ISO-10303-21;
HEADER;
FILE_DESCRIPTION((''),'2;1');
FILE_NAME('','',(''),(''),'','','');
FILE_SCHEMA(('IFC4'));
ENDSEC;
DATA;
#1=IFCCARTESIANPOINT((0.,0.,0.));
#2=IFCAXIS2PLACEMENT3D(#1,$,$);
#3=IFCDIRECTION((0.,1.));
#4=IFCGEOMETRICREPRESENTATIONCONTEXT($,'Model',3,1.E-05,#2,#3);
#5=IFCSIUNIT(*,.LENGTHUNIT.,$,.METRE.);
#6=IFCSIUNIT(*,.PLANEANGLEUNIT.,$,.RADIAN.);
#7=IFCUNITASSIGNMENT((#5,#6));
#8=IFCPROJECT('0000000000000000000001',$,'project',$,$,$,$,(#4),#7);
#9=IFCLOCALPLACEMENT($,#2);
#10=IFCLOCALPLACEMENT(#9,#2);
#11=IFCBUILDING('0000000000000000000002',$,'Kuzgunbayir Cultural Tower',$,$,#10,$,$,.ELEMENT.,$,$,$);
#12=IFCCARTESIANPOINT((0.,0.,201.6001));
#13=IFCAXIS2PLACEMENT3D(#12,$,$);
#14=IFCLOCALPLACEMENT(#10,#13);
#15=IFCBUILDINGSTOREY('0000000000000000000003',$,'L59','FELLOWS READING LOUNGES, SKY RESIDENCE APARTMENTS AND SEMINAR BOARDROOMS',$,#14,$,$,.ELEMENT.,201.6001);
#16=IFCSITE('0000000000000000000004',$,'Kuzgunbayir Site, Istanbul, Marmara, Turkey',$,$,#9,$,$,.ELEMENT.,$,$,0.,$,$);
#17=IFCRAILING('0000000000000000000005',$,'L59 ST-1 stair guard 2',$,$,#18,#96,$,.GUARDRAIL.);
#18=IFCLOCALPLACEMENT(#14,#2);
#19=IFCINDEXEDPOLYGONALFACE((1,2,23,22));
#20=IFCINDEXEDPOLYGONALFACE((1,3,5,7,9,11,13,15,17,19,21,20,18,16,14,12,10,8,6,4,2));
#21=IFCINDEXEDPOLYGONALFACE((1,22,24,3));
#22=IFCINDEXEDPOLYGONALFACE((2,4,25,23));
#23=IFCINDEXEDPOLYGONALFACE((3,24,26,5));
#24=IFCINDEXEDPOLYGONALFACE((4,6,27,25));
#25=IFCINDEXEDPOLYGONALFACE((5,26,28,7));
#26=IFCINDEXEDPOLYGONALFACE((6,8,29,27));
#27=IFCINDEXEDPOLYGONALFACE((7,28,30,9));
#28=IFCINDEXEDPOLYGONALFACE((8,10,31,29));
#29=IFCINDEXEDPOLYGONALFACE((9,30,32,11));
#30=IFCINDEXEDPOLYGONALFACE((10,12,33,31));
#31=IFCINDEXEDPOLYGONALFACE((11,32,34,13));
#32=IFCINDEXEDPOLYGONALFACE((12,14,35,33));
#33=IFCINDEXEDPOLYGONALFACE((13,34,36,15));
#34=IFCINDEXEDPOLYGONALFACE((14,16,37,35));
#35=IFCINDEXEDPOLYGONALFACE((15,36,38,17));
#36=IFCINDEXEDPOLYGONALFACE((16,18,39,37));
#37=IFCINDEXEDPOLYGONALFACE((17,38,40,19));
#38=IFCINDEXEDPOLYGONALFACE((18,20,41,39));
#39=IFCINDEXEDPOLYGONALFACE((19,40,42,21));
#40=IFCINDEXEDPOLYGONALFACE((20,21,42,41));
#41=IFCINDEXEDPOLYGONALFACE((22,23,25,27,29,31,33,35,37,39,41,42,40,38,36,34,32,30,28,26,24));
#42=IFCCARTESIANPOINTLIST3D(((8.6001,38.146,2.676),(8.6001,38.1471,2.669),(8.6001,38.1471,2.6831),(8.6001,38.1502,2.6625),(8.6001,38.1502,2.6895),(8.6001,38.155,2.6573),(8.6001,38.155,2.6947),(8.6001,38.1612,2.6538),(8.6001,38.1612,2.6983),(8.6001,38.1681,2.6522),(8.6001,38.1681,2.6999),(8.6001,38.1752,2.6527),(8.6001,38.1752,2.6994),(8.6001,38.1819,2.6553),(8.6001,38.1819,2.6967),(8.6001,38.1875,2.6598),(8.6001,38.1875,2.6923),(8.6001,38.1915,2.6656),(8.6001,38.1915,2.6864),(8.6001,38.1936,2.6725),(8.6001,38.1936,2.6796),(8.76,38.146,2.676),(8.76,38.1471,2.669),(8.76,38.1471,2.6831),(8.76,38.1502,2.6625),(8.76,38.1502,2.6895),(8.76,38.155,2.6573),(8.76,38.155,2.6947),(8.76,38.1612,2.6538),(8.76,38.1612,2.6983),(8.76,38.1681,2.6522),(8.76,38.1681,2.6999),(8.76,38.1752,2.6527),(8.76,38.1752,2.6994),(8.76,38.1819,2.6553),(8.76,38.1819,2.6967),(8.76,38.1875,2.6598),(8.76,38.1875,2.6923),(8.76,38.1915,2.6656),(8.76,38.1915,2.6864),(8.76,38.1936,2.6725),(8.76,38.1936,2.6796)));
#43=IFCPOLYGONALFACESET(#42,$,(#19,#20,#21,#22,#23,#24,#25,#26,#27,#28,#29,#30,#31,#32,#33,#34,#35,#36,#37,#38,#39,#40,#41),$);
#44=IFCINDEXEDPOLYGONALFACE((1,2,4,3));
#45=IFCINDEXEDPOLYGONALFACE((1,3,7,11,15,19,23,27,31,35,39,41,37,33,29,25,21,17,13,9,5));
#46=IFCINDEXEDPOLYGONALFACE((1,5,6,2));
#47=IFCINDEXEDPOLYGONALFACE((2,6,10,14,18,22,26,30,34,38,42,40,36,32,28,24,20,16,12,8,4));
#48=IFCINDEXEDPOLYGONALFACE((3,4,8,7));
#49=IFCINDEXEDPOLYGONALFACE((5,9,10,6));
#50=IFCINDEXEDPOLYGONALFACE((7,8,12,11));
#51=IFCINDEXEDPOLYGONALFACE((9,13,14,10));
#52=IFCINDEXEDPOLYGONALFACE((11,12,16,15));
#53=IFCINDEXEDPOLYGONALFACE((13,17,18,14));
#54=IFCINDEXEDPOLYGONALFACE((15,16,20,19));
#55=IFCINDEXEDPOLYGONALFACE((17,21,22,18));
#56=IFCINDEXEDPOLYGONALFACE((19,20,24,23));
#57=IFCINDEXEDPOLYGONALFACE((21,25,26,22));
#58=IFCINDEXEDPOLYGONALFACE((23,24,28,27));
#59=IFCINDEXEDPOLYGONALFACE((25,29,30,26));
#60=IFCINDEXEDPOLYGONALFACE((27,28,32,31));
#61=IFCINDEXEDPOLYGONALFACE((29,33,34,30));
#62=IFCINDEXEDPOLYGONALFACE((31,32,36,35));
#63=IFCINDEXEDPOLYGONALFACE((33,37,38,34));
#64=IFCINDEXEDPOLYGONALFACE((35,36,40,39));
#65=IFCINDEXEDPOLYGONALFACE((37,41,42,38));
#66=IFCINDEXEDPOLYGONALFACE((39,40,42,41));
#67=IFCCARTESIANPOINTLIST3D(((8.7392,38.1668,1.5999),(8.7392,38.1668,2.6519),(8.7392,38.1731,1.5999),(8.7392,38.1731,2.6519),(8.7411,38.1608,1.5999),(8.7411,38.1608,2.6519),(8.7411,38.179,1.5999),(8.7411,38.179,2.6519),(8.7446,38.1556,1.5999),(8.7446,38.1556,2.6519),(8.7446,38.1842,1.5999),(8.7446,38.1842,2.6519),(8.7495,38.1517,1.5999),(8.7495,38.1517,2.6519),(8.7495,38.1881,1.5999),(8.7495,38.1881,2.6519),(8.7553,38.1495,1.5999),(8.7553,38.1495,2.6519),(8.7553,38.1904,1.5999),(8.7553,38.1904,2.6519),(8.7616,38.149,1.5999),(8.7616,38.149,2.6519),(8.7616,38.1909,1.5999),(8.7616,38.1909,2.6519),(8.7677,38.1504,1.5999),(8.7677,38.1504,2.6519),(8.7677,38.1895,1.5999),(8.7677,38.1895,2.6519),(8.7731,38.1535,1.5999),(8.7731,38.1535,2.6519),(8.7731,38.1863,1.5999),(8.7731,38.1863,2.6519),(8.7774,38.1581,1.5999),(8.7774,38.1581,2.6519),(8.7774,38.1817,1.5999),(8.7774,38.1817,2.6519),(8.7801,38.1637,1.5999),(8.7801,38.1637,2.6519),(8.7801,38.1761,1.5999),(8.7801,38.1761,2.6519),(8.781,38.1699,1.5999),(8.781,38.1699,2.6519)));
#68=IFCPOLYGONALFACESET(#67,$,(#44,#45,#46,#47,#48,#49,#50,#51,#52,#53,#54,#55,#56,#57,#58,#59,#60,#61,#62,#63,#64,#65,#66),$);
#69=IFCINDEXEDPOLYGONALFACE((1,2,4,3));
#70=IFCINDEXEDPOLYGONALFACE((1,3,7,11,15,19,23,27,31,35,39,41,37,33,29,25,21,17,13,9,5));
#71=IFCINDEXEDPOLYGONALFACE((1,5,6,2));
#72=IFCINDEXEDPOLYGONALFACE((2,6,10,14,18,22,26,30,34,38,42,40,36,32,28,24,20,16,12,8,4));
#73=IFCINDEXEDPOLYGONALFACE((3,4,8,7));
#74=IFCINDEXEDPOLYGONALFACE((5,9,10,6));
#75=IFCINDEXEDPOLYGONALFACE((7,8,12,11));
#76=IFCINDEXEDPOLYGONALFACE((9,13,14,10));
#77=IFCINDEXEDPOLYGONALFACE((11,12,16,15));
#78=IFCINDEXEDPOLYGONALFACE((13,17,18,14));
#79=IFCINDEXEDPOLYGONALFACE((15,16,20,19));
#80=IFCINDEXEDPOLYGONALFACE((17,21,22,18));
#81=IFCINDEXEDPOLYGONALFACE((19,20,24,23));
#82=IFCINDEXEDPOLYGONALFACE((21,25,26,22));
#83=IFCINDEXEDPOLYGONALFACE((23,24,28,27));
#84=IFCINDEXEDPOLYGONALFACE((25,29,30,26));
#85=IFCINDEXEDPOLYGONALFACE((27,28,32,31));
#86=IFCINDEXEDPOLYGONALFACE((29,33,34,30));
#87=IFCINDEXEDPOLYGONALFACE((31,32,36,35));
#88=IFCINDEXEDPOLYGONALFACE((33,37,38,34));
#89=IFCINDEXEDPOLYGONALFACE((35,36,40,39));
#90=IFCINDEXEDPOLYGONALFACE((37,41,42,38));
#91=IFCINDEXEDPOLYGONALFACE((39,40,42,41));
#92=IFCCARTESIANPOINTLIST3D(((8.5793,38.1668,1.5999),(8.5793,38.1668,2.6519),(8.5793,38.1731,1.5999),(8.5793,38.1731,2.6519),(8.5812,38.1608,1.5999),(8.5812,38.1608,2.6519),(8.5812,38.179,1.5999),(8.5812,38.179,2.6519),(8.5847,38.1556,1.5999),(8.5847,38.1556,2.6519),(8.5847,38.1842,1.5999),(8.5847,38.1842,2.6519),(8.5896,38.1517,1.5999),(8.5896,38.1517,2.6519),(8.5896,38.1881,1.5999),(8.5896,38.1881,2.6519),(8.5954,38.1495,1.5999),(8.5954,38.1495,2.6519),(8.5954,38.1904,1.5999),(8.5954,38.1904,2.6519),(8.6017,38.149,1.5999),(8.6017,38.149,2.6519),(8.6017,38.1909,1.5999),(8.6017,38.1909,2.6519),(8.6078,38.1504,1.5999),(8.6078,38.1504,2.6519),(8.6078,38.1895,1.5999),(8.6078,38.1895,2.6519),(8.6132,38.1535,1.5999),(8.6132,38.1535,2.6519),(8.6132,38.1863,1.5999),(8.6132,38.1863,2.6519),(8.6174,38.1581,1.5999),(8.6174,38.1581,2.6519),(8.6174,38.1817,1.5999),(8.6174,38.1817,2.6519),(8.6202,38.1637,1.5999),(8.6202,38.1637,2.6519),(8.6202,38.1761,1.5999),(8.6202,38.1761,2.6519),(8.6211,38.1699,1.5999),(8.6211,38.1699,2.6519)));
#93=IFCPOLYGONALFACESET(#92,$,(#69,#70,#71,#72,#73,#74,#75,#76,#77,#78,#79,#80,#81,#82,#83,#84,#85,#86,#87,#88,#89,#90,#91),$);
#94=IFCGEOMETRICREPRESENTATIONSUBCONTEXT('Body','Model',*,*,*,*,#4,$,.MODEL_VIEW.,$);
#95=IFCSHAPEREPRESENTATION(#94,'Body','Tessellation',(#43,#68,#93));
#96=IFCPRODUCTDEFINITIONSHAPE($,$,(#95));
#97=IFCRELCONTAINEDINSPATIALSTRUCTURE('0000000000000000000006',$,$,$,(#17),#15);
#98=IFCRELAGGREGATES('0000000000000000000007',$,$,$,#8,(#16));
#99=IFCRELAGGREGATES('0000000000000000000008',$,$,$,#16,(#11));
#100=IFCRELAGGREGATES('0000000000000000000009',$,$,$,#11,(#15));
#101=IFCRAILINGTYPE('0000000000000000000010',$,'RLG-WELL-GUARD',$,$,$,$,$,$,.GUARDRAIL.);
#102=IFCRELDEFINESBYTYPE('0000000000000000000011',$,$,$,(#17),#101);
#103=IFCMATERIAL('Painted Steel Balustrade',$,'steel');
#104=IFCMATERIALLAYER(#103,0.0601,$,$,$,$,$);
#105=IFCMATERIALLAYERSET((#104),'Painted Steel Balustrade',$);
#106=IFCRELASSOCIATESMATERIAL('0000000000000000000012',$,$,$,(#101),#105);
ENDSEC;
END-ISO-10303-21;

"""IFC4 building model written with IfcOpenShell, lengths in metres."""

from ifc_helpers import new_model, si_unit, direction, frame, origin, origin_2d, place, context, subcontext, project, spatial, circle, extrude, material, layer, layer_set, type_object, element, save


model = new_model("IFC4")

# Units and contexts
model_context = context("Model", 3, precision=1e-05, world=origin(), true_north=direction((0.0, 1.0)))
body_context = subcontext(model_context, "Body", "Model", "MODEL_VIEW")
ifc_project = project(units=[si_unit("LENGTHUNIT", "METRE"), si_unit("PLANEANGLEUNIT", "RADIAN")], contexts=[model_context])

# Site, building, storey
site_placement = place(None, origin())
site = spatial("IfcSite", under=ifc_project, at=site_placement, Name="Kuzgunbayir Site, Istanbul, Marmara, Turkey", CompositionType="ELEMENT", RefElevation=0.0)
building_placement = place(site_placement, origin())
building = spatial("IfcBuilding", under=site, at=building_placement, Name="Kuzgunbayir Cultural Tower", CompositionType="ELEMENT")
storey_placement = place(building_placement, frame((0.0, 0.0, 201.6001)))
storey = spatial("IfcBuildingStorey", under=building, at=storey_placement, Name="L59", Description="FELLOWS READING LOUNGES, SKY RESIDENCE APARTMENTS AND SEMINAR BOARDROOMS", CompositionType="ELEMENT", Elevation=201.6001)

# Railing
ifc_material_1 = material(Name="Painted Steel Balustrade", Category="steel")
ifc_layer_1 = layer(ifc_material_1, 0.0601)
ifc_layer_set_1 = layer_set([ifc_layer_1], Name="Painted Steel Balustrade")
railing_type_1 = type_object("IfcRailingType", Name="RLG-WELL-GUARD", PredefinedType="GUARDRAIL", material=ifc_layer_set_1)
railing_1_placement = place(storey_placement, frame((8.76, 38.1699, 1.5999)))
element("IfcRailing", 1, at=railing_1_placement, inside=storey, type_object=railing_type_1, Name="L59 ST-1 stair guard 2", PredefinedType="GUARDRAIL", context=body_context, shape_type="SweptSolid", body=[
    extrude(circle(Radius=0.0239, at=origin_2d()), frame((0.0, 0.0, 1.0762), z_axis=(-1.0, 0.0, 0.0), x_axis=(0.0, -1.0, 0.0)), (0.0, 0.0, 1.0), 0.1599),
    extrude(circle(Radius=0.021, at=origin_2d()), origin(), (0.0, 0.0, 1.0), 1.052),
    extrude(circle(Radius=0.021, at=origin_2d()), frame((-0.1599, 0.0, 0.0)), (0.0, 0.0, 1.0), 1.052),
])

save(model, "model.ifc")
